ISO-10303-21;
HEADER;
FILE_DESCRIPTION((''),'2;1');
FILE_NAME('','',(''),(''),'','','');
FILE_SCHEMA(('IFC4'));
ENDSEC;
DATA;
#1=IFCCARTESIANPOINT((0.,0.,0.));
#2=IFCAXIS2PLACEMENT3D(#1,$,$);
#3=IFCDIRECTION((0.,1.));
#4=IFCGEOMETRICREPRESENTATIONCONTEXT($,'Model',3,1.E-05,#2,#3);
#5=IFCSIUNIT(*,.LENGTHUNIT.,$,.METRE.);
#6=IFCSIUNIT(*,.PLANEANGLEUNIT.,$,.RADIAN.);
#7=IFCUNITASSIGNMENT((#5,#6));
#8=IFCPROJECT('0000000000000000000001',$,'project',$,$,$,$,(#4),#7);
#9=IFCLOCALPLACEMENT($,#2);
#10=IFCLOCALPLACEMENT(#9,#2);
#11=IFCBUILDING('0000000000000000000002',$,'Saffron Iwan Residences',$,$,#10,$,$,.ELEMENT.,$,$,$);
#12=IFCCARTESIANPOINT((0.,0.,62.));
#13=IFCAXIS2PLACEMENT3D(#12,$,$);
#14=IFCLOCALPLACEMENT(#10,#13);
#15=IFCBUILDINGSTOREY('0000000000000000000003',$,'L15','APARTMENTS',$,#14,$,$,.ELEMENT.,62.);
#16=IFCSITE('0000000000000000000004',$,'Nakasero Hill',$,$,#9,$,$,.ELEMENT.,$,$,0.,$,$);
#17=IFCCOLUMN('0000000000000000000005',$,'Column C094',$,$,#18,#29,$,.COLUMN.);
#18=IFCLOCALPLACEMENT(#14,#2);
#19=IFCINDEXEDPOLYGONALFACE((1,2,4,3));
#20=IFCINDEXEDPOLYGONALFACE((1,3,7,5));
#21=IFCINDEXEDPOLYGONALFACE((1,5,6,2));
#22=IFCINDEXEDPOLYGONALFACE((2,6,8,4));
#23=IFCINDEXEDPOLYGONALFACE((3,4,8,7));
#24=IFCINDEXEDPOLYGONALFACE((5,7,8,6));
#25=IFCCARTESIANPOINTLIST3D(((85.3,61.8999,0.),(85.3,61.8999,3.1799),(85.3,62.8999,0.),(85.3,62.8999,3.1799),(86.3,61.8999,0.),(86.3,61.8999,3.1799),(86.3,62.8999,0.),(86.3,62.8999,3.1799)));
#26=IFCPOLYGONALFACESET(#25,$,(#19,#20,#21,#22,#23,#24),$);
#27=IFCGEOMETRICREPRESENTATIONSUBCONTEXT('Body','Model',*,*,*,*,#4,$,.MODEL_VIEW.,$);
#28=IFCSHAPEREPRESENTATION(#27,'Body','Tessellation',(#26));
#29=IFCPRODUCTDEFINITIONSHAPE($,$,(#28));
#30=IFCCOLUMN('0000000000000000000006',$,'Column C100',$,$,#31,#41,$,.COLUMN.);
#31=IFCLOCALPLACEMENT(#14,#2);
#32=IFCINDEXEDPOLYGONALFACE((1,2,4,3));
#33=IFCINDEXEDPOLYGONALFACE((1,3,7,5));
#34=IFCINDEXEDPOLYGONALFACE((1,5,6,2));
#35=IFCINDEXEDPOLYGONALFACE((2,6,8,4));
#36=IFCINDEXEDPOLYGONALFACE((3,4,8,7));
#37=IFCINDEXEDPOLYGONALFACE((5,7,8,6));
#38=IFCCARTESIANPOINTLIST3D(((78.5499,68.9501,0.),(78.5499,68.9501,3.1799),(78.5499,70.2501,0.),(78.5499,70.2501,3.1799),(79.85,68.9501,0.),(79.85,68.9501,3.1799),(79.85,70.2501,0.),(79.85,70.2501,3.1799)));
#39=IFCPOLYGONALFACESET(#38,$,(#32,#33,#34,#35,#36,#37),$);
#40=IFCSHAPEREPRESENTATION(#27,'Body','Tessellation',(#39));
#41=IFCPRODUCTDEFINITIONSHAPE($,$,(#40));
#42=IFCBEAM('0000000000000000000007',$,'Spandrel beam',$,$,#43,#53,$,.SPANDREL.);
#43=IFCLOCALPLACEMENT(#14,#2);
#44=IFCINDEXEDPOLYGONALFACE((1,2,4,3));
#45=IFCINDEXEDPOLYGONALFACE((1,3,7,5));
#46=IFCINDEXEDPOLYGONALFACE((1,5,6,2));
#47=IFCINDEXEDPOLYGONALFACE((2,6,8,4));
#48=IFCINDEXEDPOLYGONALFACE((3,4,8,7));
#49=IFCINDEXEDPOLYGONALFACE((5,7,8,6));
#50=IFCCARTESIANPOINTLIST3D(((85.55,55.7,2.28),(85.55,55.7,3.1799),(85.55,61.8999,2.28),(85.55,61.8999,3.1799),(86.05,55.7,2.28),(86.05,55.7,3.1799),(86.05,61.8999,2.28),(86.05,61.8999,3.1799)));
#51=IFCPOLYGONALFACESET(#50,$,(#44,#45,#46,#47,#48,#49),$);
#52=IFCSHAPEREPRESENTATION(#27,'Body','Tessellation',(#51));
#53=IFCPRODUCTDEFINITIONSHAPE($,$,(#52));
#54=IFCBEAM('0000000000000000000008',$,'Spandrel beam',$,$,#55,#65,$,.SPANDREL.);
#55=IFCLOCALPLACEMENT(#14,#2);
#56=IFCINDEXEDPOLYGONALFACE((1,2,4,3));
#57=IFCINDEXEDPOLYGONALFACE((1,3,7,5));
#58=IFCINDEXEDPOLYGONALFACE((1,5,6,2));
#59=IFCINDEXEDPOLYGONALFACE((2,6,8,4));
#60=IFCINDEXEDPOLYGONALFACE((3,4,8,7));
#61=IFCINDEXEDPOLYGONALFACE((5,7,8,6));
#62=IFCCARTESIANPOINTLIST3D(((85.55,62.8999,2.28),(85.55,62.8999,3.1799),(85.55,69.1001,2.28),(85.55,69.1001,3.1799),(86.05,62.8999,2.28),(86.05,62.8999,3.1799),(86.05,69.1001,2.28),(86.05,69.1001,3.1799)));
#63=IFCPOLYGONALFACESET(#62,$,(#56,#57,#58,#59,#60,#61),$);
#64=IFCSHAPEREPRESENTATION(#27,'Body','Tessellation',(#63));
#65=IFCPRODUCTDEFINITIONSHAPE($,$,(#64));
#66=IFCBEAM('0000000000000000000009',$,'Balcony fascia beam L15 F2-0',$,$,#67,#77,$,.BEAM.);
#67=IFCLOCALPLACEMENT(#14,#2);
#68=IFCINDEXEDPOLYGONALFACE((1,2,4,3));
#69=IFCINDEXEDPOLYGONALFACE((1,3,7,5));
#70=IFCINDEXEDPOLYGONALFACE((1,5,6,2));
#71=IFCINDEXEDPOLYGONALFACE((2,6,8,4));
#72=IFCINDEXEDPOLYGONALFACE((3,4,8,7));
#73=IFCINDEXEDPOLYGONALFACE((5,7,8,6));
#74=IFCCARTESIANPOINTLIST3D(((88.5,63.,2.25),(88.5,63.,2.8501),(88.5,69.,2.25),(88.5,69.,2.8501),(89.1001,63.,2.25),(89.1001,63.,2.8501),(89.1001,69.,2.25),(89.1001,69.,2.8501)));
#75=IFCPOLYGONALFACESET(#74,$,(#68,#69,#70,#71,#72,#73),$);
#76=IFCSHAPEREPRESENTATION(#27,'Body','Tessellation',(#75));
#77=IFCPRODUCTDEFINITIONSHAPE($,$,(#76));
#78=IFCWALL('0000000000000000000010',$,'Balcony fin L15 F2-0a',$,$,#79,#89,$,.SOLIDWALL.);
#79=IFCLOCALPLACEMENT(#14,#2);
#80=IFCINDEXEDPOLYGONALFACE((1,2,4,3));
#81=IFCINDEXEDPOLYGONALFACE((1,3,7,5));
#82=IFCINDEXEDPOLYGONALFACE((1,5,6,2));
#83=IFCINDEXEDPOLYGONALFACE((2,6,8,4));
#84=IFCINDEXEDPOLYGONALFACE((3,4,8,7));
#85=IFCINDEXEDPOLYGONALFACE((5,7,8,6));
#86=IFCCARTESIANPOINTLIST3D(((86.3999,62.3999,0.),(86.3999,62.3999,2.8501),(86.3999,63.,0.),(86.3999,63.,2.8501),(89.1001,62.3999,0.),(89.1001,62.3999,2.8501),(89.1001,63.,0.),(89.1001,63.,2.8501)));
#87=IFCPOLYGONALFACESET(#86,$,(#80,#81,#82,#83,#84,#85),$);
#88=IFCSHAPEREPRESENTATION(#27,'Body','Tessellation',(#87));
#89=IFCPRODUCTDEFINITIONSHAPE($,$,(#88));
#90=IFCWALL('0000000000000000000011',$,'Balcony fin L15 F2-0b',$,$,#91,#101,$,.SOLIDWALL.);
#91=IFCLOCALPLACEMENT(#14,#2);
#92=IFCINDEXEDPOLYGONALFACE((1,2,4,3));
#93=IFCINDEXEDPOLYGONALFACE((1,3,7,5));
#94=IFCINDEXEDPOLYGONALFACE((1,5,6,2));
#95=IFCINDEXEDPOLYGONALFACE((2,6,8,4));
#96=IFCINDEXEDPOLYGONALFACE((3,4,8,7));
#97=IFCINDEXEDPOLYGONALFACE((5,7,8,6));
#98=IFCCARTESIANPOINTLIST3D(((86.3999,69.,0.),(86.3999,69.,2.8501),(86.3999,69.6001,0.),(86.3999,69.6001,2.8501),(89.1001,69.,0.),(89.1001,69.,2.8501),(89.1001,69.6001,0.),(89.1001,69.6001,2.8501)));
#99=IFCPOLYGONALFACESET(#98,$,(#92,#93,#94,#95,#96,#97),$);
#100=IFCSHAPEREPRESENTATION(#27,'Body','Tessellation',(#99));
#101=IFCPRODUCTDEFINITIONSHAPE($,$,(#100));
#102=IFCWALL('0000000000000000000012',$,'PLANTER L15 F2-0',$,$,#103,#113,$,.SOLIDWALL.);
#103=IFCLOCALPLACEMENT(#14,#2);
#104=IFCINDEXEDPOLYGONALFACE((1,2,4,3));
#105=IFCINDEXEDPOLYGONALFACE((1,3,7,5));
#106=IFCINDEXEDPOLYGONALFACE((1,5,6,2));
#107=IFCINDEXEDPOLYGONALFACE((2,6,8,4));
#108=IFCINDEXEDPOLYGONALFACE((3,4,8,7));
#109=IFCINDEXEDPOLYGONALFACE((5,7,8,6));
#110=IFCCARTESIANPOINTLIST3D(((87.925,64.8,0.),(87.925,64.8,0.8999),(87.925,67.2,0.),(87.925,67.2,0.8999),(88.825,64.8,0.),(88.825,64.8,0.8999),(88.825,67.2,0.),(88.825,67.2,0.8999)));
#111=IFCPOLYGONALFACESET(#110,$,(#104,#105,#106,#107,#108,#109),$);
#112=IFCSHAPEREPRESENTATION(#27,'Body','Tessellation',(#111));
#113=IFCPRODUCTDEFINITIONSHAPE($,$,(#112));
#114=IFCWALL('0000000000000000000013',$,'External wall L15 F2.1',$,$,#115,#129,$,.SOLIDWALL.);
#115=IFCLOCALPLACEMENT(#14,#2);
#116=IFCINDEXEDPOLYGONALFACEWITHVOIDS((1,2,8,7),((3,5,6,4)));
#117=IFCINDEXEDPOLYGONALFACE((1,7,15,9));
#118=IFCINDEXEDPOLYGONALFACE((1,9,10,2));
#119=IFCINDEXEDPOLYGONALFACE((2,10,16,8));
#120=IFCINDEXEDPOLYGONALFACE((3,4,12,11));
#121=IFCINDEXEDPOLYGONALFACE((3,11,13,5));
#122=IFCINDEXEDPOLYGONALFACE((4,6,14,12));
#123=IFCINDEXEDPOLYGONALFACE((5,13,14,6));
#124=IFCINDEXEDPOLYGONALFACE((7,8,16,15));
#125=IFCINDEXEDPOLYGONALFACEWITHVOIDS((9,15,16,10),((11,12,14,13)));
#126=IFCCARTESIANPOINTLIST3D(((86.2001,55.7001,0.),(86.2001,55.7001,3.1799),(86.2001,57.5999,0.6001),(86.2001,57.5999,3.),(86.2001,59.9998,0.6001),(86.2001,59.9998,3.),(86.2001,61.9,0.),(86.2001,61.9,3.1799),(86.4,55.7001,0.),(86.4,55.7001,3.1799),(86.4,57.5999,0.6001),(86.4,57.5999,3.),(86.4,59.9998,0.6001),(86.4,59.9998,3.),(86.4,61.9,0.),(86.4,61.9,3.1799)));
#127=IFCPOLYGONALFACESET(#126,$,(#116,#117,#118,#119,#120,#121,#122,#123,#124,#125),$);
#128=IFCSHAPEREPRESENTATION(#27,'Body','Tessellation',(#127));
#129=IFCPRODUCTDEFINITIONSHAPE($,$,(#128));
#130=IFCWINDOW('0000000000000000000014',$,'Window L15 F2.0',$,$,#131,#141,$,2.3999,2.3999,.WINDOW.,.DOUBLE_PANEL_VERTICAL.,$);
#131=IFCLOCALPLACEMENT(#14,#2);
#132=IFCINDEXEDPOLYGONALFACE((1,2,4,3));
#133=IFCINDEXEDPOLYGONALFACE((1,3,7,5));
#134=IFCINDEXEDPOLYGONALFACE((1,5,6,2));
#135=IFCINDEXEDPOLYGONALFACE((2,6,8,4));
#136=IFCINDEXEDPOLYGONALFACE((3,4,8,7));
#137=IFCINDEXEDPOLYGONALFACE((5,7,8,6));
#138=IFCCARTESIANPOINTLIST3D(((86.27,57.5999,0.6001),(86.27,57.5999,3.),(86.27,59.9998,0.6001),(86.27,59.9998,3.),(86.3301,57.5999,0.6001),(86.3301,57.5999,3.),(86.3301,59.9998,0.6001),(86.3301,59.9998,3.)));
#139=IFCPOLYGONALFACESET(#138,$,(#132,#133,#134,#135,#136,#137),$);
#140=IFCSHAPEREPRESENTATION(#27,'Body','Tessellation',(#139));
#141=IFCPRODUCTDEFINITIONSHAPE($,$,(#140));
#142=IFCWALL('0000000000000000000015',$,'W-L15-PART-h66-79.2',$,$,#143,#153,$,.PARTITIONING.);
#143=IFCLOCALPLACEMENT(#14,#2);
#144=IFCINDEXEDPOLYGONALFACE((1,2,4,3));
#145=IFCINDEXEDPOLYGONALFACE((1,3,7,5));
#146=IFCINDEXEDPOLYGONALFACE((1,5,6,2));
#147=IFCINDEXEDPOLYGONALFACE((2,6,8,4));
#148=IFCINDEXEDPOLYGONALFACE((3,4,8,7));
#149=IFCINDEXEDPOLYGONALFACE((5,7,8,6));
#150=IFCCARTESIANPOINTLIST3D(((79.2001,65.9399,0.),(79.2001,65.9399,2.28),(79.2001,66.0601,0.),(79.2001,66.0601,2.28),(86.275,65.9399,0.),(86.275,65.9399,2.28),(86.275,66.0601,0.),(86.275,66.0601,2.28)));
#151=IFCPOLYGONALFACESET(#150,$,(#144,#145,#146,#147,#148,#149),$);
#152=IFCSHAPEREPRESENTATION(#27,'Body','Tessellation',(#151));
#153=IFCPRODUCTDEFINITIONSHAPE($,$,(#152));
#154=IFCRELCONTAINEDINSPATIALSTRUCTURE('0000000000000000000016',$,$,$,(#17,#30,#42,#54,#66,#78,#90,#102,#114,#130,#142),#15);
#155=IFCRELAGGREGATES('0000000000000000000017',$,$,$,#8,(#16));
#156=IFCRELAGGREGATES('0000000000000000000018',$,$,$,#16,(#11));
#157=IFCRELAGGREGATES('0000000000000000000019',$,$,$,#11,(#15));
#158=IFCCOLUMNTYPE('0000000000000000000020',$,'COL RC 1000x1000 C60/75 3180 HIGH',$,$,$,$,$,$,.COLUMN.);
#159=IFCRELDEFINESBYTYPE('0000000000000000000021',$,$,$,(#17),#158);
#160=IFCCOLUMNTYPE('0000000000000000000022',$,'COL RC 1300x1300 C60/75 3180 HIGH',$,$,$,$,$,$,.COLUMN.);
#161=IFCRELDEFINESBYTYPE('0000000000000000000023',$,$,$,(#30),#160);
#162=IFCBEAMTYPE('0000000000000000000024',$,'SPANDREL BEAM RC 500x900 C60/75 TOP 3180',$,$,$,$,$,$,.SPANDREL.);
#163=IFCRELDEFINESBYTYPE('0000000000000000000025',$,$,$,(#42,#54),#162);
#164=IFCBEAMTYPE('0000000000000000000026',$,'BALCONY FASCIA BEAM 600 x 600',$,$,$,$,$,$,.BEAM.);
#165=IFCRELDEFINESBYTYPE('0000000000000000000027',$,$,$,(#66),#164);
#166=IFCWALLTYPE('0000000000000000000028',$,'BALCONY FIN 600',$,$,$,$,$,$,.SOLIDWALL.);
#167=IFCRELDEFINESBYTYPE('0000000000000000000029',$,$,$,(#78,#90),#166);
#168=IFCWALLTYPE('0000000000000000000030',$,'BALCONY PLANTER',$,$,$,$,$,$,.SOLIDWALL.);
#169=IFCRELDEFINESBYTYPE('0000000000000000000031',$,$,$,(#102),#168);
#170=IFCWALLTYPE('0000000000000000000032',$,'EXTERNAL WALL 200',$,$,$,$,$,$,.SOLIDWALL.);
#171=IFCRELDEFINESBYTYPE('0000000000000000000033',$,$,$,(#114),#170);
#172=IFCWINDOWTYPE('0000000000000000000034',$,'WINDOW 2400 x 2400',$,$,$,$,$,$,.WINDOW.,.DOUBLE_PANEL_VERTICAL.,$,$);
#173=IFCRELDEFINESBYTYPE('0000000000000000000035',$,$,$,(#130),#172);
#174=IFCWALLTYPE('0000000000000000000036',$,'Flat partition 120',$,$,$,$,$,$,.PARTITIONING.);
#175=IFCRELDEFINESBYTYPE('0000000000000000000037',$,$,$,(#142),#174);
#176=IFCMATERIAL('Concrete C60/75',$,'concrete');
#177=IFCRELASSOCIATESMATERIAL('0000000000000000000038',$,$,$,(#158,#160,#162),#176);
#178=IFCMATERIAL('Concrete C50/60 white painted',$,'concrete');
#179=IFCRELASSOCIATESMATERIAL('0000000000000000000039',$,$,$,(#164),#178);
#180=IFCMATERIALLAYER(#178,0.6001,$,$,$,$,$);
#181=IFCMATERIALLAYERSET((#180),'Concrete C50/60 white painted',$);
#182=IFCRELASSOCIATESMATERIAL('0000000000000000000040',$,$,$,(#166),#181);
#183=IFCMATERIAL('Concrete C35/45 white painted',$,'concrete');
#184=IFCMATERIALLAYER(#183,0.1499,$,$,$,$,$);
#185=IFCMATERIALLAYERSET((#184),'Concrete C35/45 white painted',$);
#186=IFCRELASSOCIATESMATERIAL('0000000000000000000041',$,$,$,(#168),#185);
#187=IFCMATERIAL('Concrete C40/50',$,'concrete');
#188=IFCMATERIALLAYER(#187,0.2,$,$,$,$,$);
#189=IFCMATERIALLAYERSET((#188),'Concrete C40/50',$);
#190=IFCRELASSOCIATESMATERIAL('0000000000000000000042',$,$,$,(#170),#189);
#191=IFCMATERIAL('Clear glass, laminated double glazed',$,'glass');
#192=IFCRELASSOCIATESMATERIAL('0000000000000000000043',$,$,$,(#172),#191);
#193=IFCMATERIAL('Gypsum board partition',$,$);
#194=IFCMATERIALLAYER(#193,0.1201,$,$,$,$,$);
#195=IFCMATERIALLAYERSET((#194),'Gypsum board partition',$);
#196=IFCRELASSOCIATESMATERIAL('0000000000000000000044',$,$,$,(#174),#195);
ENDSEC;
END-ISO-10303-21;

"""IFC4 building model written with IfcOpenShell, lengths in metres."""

from ifc_helpers import new_model, si_unit, direction, frame, frame_2d, origin, origin_2d, place, context, subcontext, project, spatial, rectangle, extrude, source, transform, mapped, material, layer, layer_set, material_profile, profile_set, type_object, element, fill, save


model = new_model("IFC4")

# Units and contexts
model_context = context("Model", 3, precision=1e-05, world=origin(), true_north=direction((0.0, 1.0)))
body_context = subcontext(model_context, "Body", "Model", "MODEL_VIEW")
ifc_project = project(units=[si_unit("LENGTHUNIT", "METRE"), si_unit("PLANEANGLEUNIT", "RADIAN")], contexts=[model_context])

# Site, building, storey
site_placement = place(None, origin())
site = spatial("IfcSite", under=ifc_project, at=site_placement, Name="Nakasero Hill", CompositionType="ELEMENT", RefElevation=0.0)
building_placement = place(site_placement, origin())
building = spatial("IfcBuilding", under=site, at=building_placement, Name="Saffron Iwan Residences", CompositionType="ELEMENT")
storey_placement = place(building_placement, frame((0.0, 0.0, 62.0)))
storey = spatial("IfcBuildingStorey", under=building, at=storey_placement, Name="L15", Description="APARTMENTS", CompositionType="ELEMENT", Elevation=62.0)

# Columns
ifc_material_1 = material(Name="Concrete C60/75", Category="concrete")
ifc_material_profile_1 = material_profile(ifc_material_1, rectangle(XDim=1.0, YDim=1.0, at=origin_2d()), Name="RC 1000x1000")
ifc_profile_set_1 = profile_set([ifc_material_profile_1], Name="Concrete C60/75")
column_type_1 = type_object("IfcColumnType", Name="COL RC 1000x1000 C60/75 3180 HIGH", PredefinedType="COLUMN", material=ifc_profile_set_1)
shared_shape_1 = source(origin(), body_context, "Body", "SweptSolid", [
    extrude(rectangle(XDim=1.0, YDim=1.0, at=origin_2d()), origin(), (0.0, 0.0, 1.0), 3.1799),
])
column_1_placement = place(storey_placement, frame((85.8, 62.3999, 0.0), z_axis=(0.0, 0.0, 1.0), x_axis=(1.0, 0.0, 0.0)))
element("IfcColumn", 1, at=column_1_placement, inside=storey, type_object=column_type_1, Name="Column C094", PredefinedType="COLUMN", context=body_context, shape_type="MappedRepresentation", body=[
    mapped(shared_shape_1, transform((0.0, 0.0, 0.0))),
])
ifc_material_profile_2 = material_profile(ifc_material_1, rectangle(XDim=1.3, YDim=1.3, at=origin_2d()), Name="RC 1300x1300")
ifc_profile_set_2 = profile_set([ifc_material_profile_2], Name="Concrete C60/75")
column_type_2 = type_object("IfcColumnType", Name="COL RC 1300x1300 C60/75 3180 HIGH", PredefinedType="COLUMN", material=ifc_profile_set_2)
shared_shape_2 = source(origin(), body_context, "Body", "SweptSolid", [
    extrude(rectangle(XDim=1.3, YDim=1.3, at=origin_2d()), origin(), (0.0, 0.0, 1.0), 3.1799),
])
column_2_placement = place(storey_placement, frame((79.2, 69.6001, 0.0), z_axis=(0.0, 0.0, 1.0), x_axis=(1.0, 0.0, 0.0)))
element("IfcColumn", 2, at=column_2_placement, inside=storey, type_object=column_type_2, Name="Column C100", PredefinedType="COLUMN", context=body_context, shape_type="MappedRepresentation", body=[
    mapped(shared_shape_2, transform((0.0, 0.0, 0.0))),
])

# Beams
ifc_material_profile_3 = material_profile(ifc_material_1, rectangle(XDim=0.5, YDim=0.8999, at=origin_2d()), Name="RC 500x900")
ifc_profile_set_3 = profile_set([ifc_material_profile_3], Name="Concrete C60/75")
beam_type_1 = type_object("IfcBeamType", Name="SPANDREL BEAM RC 500x900 C60/75 TOP 3180", PredefinedType="SPANDREL", material=ifc_profile_set_3)
shared_shape_3 = source(origin(), body_context, "Body", "SweptSolid", [
    extrude(rectangle(XDim=0.5, YDim=0.8999, at=origin_2d()), origin(), (0.0, 0.0, 1.0), 6.2),
])
beam_1_placement = place(storey_placement, frame((85.8, 61.8999, 2.73), z_axis=(0.0, -1.0, 0.0), x_axis=(1.0, 0.0, 0.0)))
element("IfcBeam", 3, at=beam_1_placement, inside=storey, type_object=beam_type_1, Name="Spandrel beam", PredefinedType="SPANDREL", context=body_context, shape_type="MappedRepresentation", body=[
    mapped(shared_shape_3, transform((0.0, 0.0, 0.0))),
])
shared_shape_4 = source(origin(), body_context, "Body", "SweptSolid", [
    extrude(rectangle(XDim=0.5, YDim=0.8999, at=origin_2d()), origin(), (0.0, 0.0, 1.0), 6.2002),
])
beam_2_placement = place(storey_placement, frame((85.8, 69.1001, 2.73), z_axis=(0.0, -1.0, 0.0), x_axis=(1.0, 0.0, 0.0)))
element("IfcBeam", 4, at=beam_2_placement, inside=storey, type_object=beam_type_1, Name="Spandrel beam", PredefinedType="SPANDREL", context=body_context, shape_type="MappedRepresentation", body=[
    mapped(shared_shape_4, transform((0.0, 0.0, 0.0))),
])
ifc_material_2 = material(Name="Concrete C50/60 white painted", Category="concrete")
ifc_material_profile_4 = material_profile(ifc_material_2, rectangle(XDim=0.6001, YDim=0.6001, at=origin_2d()), Name="BALCONY FASCIA BEAM 600 x 600")
ifc_profile_set_4 = profile_set([ifc_material_profile_4], Name="Concrete C50/60 white painted")
beam_type_2 = type_object("IfcBeamType", Name="BALCONY FASCIA BEAM 600 x 600", PredefinedType="BEAM", material=ifc_profile_set_4)
shared_shape_5 = source(origin(), body_context, "Body", "SweptSolid", [
    extrude(rectangle(XDim=0.6001, YDim=0.6001, at=origin_2d()), origin(), (0.0, 0.0, 1.0), 6.0),
])
beam_3_placement = place(storey_placement, frame((88.8, 63.0, 2.55), z_axis=(0.0, 1.0, 0.0), x_axis=(-1.0, 0.0, 0.0)))
element("IfcBeam", 5, at=beam_3_placement, inside=storey, type_object=beam_type_2, Name="Balcony fascia beam L15 F2-0", PredefinedType="BEAM", context=body_context, shape_type="MappedRepresentation", body=[
    mapped(shared_shape_5, transform((0.0, 0.0, 0.0))),
])

# Walls
ifc_layer_1 = layer(ifc_material_2, 0.6001)
ifc_layer_set_1 = layer_set([ifc_layer_1], Name="Concrete C50/60 white painted")
wall_type_1 = type_object("IfcWallType", Name="BALCONY FIN 600", PredefinedType="SOLIDWALL", material=ifc_layer_set_1)
for number, where, z_axis, x_axis, name in (
    (6, (86.3999, 62.7, 0.0), (0.0, 0.0, 1.0), (1.0, 0.0, 0.0), "Balcony fin L15 F2-0a"),
    (7, (86.3999, 69.3, 0.0), (0.0, 0.0, 1.0), (1.0, 0.0, 0.0), "Balcony fin L15 F2-0b"),
):
    element("IfcWall", number, at=place(storey_placement, frame(where, z_axis=z_axis, x_axis=x_axis)), inside=storey, type_object=wall_type_1, Name=name, PredefinedType="SOLIDWALL", context=body_context, shape_type="SweptSolid", body=[
        extrude(rectangle(XDim=2.7002, YDim=0.6001, at=frame_2d((1.3501, 0.0))), origin(), (0.0, 0.0, 1.0), 2.8501),
    ])
ifc_material_3 = material(Name="Concrete C35/45 white painted", Category="concrete")
ifc_layer_2 = layer(ifc_material_3, 0.1499)
ifc_layer_set_2 = layer_set([ifc_layer_2], Name="Concrete C35/45 white painted")
wall_type_2 = type_object("IfcWallType", Name="BALCONY PLANTER", PredefinedType="SOLIDWALL", material=ifc_layer_set_2)
wall_1_placement = place(storey_placement, frame((88.375, 64.8, 0.0), z_axis=(0.0, 0.0, 1.0), x_axis=(0.0, 1.0, 0.0)))
element("IfcWall", 8, at=wall_1_placement, inside=storey, type_object=wall_type_2, Name="PLANTER L15 F2-0", PredefinedType="SOLIDWALL", context=body_context, shape_type="SweptSolid", body=[
    extrude(rectangle(XDim=2.3999, YDim=0.8999, at=frame_2d((1.2, 0.0))), origin(), (0.0, 0.0, 1.0), 0.8999),
])

# Wall, opening, window
ifc_material_4 = material(Name="Concrete C40/50", Category="concrete")
ifc_layer_3 = layer(ifc_material_4, 0.2)
ifc_layer_set_3 = layer_set([ifc_layer_3], Name="Concrete C40/50")
wall_type_3 = type_object("IfcWallType", Name="EXTERNAL WALL 200", PredefinedType="SOLIDWALL", material=ifc_layer_set_3)
wall_2_placement = place(storey_placement, frame((86.3, 55.7, 0.0), z_axis=(0.0, 0.0, 1.0), x_axis=(0.0, 1.0, 0.0)))
wall_2 = element("IfcWall", 9, at=wall_2_placement, inside=storey, type_object=wall_type_3, Name="External wall L15 F2.1", PredefinedType="SOLIDWALL", context=body_context, shape_type="SweptSolid", body=[
    extrude(rectangle(XDim=6.2, YDim=0.2, at=frame_2d((3.1001, 0.0))), origin(), (0.0, 0.0, 1.0), 3.1799),
])
opening_1_placement = place(wall_2_placement, frame((1.8999, 0.0, 0.6001)))
opening_1 = element("IfcOpeningElement", 10, at=opening_1_placement, cuts=wall_2, PredefinedType="OPENING", context=body_context, shape_type="SweptSolid", body=[
    extrude(rectangle(XDim=2.3999, YDim=2.3999, at=frame_2d((1.2, 1.2))), frame((0.0, 0.1099, 0.0), z_axis=(0.0, -1.0, 0.0), x_axis=(1.0, 0.0, 0.0)), (0.0, 0.0, 1.0), 0.22),
])
ifc_material_5 = material(Name="Clear glass, laminated double glazed", Category="glass")
window_type_1 = type_object("IfcWindowType", Name="WINDOW 2400 x 2400", PartitioningType="DOUBLE_PANEL_VERTICAL", PredefinedType="WINDOW", material=ifc_material_5)
window_1_placement = place(opening_1_placement, origin())
window_1 = element("IfcWindow", 11, at=window_1_placement, inside=storey, type_object=window_type_1, Name="Window L15 F2.0", OverallHeight=2.3999, OverallWidth=2.3999, PartitioningType="DOUBLE_PANEL_VERTICAL", PredefinedType="WINDOW", context=body_context, shape_type="SweptSolid", body=[
    extrude(rectangle(XDim=2.3999, YDim=2.3999, at=frame_2d((1.2, 1.2))), frame((0.0, 0.03, 0.0), z_axis=(0.0, -1.0, 0.0), x_axis=(1.0, 0.0, 0.0)), (0.0, 0.0, 1.0), 0.0601),
])
fill(opening_1, window_1)

# Wall
ifc_material_6 = material(Name="Gypsum board partition")
ifc_layer_4 = layer(ifc_material_6, 0.1201)
ifc_layer_set_4 = layer_set([ifc_layer_4], Name="Gypsum board partition")
wall_type_4 = type_object("IfcWallType", Name="Flat partition 120", PredefinedType="PARTITIONING", material=ifc_layer_set_4)
wall_3_placement = place(storey_placement, frame((79.2, 66.0, 0.0), z_axis=(0.0, 0.0, 1.0), x_axis=(1.0, 0.0, 0.0)))
element("IfcWall", 12, at=wall_3_placement, inside=storey, type_object=wall_type_4, Name="W-L15-PART-h66-79.2", PredefinedType="PARTITIONING", context=body_context, shape_type="SweptSolid", body=[
    extrude(rectangle(XDim=7.075, YDim=0.1201, at=frame_2d((3.5376, 0.0))), origin(), (0.0, 0.0, 1.0), 2.28),
])

save(model, "model.ifc")
